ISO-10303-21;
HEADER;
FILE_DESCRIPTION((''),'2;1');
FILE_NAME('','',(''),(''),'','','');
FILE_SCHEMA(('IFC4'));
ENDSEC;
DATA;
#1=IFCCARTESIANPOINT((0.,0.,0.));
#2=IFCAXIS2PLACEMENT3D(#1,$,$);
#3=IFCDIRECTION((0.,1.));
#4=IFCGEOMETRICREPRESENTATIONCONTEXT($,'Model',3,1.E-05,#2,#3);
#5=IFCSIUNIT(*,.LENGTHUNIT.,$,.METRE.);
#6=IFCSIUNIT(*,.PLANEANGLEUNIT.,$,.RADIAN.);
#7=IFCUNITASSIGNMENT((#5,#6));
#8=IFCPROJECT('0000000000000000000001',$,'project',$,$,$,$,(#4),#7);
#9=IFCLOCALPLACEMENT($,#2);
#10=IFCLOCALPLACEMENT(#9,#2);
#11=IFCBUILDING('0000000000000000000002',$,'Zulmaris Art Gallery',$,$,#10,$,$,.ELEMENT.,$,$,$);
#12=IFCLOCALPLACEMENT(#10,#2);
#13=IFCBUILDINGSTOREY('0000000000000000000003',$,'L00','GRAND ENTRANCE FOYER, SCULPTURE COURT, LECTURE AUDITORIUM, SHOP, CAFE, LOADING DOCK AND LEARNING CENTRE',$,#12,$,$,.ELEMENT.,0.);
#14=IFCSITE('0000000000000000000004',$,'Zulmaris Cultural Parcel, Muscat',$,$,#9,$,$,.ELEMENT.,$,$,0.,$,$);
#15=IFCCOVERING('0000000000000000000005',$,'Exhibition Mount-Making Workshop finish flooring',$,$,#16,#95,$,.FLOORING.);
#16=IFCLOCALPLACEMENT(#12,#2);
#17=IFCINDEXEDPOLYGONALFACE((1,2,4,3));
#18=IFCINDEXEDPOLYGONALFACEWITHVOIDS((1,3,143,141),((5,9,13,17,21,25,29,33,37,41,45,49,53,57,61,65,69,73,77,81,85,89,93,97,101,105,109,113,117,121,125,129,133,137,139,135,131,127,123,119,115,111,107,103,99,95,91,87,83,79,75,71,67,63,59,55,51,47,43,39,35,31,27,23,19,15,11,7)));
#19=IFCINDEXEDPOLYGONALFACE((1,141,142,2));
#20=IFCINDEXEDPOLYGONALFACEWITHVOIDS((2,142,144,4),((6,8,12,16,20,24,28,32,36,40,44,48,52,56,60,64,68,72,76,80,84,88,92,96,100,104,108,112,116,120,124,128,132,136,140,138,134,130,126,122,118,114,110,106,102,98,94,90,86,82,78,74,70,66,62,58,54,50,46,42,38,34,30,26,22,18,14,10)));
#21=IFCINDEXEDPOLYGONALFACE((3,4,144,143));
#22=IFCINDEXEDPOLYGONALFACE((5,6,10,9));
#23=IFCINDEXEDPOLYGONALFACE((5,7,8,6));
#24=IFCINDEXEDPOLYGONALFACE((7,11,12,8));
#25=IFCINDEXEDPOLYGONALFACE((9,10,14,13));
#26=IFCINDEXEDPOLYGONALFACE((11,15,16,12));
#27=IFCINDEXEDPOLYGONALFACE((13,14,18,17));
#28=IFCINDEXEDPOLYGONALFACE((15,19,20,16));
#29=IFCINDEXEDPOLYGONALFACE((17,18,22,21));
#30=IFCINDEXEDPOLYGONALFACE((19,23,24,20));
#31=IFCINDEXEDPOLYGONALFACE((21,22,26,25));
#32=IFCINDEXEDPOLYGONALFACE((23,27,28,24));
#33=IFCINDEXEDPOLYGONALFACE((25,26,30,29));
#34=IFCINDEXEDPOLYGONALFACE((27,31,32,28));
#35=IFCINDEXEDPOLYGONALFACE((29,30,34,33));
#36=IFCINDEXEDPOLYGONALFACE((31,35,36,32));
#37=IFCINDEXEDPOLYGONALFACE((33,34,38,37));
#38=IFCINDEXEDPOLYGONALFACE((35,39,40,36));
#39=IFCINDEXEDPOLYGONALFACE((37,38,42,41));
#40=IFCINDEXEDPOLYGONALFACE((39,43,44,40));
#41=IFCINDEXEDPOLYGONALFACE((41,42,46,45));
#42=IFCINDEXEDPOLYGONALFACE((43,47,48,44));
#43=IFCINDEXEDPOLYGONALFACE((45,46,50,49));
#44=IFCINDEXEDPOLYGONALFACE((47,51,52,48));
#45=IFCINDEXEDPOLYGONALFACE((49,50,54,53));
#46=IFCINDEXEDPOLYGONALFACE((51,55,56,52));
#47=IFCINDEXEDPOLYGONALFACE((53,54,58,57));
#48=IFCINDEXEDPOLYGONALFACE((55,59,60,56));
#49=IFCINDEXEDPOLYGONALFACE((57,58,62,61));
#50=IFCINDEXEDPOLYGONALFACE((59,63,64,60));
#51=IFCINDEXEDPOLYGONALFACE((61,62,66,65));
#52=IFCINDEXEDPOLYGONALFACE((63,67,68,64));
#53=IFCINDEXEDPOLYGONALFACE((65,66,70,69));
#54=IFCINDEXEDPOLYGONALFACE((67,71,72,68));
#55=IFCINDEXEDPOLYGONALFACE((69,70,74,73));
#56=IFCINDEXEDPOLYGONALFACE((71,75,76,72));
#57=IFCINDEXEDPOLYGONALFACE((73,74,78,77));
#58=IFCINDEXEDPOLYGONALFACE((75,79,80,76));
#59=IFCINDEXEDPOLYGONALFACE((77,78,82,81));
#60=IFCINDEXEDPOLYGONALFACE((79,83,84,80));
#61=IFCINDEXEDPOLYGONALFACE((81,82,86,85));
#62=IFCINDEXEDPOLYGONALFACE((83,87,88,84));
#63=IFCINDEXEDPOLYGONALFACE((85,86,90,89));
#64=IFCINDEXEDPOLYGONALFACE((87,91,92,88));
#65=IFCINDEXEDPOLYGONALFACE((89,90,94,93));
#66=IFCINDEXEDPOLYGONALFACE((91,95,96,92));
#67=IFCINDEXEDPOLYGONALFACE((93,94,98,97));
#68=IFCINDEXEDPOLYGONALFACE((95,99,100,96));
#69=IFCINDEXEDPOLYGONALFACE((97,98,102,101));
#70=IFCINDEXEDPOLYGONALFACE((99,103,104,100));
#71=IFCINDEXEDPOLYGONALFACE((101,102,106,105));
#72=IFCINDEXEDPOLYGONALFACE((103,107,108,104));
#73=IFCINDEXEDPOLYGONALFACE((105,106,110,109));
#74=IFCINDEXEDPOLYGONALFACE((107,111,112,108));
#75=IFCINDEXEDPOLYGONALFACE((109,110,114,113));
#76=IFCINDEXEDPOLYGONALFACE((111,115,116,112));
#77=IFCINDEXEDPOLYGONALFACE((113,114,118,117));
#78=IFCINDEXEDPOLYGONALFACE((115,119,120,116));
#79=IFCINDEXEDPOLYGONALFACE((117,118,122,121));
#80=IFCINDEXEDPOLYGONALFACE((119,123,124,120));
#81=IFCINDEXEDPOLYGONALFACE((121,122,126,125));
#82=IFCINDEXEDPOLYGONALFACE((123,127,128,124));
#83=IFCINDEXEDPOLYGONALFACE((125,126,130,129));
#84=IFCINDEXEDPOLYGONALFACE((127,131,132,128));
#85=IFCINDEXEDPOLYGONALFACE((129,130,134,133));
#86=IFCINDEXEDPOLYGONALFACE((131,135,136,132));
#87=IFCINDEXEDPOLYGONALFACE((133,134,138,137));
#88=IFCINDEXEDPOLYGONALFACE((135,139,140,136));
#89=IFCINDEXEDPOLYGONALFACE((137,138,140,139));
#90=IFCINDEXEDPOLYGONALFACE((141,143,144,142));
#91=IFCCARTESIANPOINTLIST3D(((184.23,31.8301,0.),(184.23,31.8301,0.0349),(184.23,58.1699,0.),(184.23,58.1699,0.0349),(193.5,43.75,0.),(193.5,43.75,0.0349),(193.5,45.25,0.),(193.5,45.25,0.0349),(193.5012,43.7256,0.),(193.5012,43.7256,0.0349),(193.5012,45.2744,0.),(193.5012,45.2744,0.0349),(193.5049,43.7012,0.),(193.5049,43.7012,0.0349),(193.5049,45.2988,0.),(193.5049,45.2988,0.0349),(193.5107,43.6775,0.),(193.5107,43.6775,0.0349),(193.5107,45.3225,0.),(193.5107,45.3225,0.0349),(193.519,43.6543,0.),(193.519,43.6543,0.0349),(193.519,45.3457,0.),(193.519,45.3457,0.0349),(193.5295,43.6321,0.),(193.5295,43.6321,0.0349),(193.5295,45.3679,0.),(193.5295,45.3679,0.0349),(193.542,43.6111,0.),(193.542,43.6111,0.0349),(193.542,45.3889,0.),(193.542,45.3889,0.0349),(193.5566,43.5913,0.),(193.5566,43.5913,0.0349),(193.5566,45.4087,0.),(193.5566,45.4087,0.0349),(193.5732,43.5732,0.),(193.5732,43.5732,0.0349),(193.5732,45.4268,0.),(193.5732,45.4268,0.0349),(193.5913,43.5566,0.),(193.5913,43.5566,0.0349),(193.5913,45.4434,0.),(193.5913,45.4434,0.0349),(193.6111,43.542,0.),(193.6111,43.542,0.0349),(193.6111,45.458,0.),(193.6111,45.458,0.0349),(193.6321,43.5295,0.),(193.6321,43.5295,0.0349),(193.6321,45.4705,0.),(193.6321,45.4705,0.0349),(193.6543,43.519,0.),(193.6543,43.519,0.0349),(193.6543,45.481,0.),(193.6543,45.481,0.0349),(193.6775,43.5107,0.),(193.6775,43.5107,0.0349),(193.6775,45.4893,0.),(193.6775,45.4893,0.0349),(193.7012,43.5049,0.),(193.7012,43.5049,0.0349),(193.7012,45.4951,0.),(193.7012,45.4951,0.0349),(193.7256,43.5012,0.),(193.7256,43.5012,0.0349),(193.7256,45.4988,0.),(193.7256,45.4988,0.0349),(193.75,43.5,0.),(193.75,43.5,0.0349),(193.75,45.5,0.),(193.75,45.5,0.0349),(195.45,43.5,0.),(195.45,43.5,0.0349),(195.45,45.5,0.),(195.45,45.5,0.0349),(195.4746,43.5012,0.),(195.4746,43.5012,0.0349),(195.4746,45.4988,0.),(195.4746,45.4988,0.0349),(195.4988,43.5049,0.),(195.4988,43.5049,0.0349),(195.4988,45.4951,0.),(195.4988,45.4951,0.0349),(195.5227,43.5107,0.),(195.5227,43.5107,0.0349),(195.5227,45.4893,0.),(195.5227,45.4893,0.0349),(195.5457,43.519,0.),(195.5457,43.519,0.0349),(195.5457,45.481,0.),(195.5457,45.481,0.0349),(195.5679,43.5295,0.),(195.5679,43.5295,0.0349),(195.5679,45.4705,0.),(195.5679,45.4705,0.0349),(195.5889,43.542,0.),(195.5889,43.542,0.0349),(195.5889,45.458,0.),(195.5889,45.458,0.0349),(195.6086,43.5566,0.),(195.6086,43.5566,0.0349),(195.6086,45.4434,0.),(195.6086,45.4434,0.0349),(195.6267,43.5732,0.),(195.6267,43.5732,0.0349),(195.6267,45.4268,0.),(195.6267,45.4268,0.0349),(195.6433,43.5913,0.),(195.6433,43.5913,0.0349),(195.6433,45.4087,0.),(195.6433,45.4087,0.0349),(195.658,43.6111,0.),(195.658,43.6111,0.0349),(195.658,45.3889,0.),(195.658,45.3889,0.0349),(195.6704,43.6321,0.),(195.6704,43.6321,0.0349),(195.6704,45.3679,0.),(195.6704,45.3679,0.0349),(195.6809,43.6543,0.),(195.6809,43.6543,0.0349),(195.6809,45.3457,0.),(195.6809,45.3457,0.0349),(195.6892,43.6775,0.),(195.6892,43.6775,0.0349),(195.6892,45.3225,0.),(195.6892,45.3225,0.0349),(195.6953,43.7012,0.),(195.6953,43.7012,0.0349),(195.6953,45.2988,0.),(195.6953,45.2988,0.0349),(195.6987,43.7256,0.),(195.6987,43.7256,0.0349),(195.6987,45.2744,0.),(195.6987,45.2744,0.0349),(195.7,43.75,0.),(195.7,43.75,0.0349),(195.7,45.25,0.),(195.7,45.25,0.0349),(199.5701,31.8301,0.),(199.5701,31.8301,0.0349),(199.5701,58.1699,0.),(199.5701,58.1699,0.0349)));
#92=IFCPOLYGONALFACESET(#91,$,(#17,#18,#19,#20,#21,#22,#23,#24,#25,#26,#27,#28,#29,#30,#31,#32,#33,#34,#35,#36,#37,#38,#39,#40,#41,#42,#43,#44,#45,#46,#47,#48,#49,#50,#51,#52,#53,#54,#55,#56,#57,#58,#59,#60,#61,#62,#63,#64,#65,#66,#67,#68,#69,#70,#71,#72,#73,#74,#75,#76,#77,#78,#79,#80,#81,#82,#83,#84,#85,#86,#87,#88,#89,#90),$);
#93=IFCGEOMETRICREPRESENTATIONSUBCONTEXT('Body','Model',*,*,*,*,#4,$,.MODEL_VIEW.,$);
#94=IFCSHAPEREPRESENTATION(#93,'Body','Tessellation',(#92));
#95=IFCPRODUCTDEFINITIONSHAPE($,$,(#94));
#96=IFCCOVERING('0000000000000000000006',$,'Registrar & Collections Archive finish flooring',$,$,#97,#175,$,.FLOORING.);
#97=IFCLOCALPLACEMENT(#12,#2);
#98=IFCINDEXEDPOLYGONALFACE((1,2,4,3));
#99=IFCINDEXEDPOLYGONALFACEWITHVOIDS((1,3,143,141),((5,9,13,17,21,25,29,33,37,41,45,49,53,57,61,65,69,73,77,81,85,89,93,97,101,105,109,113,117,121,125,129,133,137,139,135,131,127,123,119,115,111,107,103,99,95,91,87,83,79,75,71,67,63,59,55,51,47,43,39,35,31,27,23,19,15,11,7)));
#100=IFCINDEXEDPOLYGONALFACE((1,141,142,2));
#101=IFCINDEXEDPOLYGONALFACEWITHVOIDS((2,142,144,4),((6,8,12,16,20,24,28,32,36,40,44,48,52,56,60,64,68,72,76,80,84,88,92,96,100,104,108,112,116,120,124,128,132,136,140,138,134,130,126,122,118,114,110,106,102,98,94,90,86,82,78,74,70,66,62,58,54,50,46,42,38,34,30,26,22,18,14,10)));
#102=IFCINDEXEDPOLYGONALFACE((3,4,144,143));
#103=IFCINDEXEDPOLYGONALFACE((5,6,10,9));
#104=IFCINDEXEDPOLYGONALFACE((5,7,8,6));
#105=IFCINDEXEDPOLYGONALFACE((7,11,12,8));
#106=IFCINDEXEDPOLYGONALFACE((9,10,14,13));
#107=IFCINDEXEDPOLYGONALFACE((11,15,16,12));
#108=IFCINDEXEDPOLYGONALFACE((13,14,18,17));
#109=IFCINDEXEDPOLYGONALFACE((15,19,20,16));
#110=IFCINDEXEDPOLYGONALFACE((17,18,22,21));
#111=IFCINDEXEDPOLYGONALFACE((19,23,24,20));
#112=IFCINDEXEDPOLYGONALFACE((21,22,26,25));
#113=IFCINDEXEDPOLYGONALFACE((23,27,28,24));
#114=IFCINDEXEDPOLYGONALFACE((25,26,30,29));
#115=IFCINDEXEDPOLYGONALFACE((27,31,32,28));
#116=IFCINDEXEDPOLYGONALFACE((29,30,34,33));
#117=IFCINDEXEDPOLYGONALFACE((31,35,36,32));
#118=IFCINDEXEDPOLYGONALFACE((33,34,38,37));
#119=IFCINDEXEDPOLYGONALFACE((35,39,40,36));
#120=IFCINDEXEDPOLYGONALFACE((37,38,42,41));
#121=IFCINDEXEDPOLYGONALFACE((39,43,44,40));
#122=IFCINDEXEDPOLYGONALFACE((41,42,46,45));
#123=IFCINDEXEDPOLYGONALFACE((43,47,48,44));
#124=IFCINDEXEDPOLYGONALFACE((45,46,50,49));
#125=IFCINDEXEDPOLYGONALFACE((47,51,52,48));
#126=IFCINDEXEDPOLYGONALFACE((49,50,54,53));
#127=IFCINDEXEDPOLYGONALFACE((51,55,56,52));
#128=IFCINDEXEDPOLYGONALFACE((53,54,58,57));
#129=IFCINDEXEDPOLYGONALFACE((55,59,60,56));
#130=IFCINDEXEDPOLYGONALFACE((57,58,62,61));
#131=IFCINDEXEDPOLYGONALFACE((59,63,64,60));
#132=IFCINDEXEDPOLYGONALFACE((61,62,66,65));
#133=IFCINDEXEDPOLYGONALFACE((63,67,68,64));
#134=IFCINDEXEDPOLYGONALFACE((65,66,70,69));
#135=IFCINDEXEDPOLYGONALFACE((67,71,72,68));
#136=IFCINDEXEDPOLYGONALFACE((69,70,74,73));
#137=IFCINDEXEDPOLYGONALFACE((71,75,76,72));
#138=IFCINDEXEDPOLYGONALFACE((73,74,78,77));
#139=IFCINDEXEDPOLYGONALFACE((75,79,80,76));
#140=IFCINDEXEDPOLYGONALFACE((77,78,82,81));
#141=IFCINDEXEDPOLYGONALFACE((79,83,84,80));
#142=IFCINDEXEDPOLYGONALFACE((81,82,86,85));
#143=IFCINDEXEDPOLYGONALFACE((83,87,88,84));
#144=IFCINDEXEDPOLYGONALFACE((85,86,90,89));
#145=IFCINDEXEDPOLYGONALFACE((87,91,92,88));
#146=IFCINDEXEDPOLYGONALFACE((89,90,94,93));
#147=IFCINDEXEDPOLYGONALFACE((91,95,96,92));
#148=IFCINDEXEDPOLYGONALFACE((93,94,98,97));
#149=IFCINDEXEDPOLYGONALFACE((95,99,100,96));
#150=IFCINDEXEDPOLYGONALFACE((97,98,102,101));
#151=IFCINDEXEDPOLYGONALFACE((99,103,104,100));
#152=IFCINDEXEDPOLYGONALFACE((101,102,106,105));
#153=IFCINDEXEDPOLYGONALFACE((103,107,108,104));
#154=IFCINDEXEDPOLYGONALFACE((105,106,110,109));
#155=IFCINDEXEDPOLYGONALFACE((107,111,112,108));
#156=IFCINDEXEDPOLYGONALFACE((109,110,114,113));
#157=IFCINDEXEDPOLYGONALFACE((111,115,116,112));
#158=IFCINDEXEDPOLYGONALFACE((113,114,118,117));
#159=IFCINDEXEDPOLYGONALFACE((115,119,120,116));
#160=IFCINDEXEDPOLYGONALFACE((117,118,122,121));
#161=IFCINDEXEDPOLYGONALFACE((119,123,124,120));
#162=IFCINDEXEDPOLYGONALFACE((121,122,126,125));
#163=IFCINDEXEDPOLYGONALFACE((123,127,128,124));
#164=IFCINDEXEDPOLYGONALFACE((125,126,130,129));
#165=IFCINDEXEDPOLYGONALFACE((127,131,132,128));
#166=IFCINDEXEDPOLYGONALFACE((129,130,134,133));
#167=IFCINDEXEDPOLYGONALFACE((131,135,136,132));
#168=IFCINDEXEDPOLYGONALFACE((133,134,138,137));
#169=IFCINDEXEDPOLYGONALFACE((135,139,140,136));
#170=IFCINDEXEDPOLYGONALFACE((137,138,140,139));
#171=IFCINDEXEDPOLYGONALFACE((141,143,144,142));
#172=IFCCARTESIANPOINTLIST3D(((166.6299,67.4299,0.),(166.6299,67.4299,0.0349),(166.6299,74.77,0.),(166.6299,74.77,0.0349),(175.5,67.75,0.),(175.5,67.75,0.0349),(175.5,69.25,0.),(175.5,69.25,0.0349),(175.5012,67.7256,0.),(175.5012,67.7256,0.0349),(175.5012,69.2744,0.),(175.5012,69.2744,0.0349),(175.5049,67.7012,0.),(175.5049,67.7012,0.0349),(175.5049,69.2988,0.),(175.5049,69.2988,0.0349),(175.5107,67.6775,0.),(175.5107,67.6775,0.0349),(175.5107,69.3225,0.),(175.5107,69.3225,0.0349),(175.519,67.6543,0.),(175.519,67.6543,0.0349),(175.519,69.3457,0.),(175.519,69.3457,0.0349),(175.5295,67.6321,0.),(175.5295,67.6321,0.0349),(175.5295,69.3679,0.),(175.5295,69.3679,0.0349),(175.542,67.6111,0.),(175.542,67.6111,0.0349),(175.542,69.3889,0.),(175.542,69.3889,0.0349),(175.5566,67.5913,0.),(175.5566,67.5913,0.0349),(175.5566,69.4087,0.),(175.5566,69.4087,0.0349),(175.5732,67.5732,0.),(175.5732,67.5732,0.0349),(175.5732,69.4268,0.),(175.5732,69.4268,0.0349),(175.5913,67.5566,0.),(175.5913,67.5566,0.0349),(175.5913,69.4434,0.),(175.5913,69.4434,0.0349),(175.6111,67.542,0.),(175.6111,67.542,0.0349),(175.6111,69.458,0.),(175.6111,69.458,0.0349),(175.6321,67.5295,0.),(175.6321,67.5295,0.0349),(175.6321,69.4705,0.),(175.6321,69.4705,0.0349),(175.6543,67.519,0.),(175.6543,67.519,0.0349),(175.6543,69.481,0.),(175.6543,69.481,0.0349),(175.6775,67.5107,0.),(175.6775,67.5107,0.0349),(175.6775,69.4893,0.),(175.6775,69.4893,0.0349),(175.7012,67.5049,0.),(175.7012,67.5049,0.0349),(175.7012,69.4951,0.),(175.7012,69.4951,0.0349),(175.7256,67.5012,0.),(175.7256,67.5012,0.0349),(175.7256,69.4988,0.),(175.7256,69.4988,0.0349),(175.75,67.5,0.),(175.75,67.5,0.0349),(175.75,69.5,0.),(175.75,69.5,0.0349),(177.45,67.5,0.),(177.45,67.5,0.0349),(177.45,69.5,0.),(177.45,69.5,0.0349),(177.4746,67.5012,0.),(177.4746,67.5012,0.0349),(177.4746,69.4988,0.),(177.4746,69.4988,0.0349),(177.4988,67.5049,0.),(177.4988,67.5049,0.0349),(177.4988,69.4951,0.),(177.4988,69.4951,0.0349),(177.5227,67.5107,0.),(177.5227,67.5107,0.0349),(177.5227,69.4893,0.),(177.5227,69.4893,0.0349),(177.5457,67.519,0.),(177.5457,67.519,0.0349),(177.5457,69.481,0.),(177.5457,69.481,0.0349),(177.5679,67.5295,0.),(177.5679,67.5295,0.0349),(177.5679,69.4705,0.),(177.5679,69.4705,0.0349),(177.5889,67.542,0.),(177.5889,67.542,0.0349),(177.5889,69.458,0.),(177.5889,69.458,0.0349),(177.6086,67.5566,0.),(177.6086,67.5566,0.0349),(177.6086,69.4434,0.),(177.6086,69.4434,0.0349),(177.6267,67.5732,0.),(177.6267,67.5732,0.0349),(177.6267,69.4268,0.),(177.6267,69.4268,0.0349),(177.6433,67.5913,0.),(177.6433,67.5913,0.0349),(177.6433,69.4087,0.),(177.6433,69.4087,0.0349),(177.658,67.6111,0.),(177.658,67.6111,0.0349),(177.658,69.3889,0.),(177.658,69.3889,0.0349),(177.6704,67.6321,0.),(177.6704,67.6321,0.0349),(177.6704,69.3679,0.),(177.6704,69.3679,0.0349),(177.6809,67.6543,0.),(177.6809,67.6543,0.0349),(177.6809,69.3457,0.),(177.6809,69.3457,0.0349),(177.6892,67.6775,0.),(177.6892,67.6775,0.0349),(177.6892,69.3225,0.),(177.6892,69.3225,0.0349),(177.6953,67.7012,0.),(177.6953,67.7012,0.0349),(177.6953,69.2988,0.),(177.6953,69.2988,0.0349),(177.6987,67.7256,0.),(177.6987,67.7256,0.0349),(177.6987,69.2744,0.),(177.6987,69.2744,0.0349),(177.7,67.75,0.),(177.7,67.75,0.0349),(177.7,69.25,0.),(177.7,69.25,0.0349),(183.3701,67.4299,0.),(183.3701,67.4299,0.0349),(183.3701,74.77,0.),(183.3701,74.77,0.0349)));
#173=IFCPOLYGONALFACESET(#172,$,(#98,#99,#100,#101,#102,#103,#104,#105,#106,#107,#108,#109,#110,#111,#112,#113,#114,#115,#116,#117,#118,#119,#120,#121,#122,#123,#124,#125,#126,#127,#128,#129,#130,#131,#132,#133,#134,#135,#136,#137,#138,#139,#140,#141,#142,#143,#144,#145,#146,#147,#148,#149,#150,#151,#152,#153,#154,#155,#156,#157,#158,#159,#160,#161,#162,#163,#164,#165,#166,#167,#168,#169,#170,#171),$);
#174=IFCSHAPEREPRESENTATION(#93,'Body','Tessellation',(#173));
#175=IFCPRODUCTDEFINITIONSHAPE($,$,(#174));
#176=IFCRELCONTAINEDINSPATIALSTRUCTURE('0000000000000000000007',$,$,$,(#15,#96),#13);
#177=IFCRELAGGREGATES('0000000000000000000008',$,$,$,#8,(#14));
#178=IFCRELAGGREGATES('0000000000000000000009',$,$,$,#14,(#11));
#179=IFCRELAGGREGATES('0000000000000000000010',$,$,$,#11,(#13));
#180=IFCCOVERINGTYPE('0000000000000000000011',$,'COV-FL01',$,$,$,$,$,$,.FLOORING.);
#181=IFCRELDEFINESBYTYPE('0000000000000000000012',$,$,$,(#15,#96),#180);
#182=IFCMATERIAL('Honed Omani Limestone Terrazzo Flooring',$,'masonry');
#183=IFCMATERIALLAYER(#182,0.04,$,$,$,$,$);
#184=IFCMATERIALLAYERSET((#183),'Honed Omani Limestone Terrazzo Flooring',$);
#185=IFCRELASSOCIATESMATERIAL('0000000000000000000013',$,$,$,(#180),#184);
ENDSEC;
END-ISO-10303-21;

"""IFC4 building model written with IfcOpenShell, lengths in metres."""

from ifc_helpers import new_model, si_unit, direction, origin, place, context, subcontext, project, spatial, polyline, outline, extrude, material, layer, layer_set, type_object, element, save


model = new_model("IFC4")

# Units and contexts
model_context = context("Model", 3, precision=1e-05, world=origin(), true_north=direction((0.0, 1.0)))
body_context = subcontext(model_context, "Body", "Model", "MODEL_VIEW")
ifc_project = project(units=[si_unit("LENGTHUNIT", "METRE"), si_unit("PLANEANGLEUNIT", "RADIAN")], contexts=[model_context])

# Site, building, storey
site_placement = place(None, origin())
site = spatial("IfcSite", under=ifc_project, at=site_placement, Name="Zulmaris Cultural Parcel, Muscat", CompositionType="ELEMENT", RefElevation=0.0)
building_placement = place(site_placement, origin())
building = spatial("IfcBuilding", under=site, at=building_placement, Name="Zulmaris Art Gallery", CompositionType="ELEMENT")
storey_placement = place(building_placement, origin())
storey = spatial("IfcBuildingStorey", under=building, at=storey_placement, Name="L00", Description="GRAND ENTRANCE FOYER, SCULPTURE COURT, LECTURE AUDITORIUM, SHOP, CAFE, LOADING DOCK AND LEARNING CENTRE", CompositionType="ELEMENT", Elevation=0.0)

# Coverings
ifc_material_1 = material(Name="Honed Omani Limestone Terrazzo Flooring", Category="masonry")
ifc_layer_1 = layer(ifc_material_1, 0.04)
ifc_layer_set_1 = layer_set([ifc_layer_1], Name="Honed Omani Limestone Terrazzo Flooring")
covering_type_1 = type_object("IfcCoveringType", Name="COV-FL01", PredefinedType="FLOORING", material=ifc_layer_set_1)
covering_1_placement = place(storey_placement, origin())
element("IfcCovering", 1, at=covering_1_placement, inside=storey, type_object=covering_type_1, Name="Exhibition Mount-Making Workshop finish flooring", PredefinedType="FLOORING", context=body_context, shape_type="SweptSolid", body=[
    extrude(outline(polyline([(199.5701, 31.8301), (184.23, 31.8301), (184.23, 58.1699), (199.5701, 58.1699), (199.5701, 31.8301)]), holes=[polyline([(193.7256, 45.4988), (193.7012, 45.4951), (193.6775, 45.4893), (193.6543, 45.481), (193.6321, 45.4705), (193.6111, 45.458), (193.5913, 45.4434), (193.5732, 45.4268), (193.5566, 45.4087), (193.542, 45.3889), (193.5295, 45.3679), (193.519, 45.3457), (193.5107, 45.3225), (193.5049, 45.2988), (193.5012, 45.2744), (193.5, 45.25), (193.5, 43.75), (193.5012, 43.7256), (193.5049, 43.7012), (193.5107, 43.6775), (193.519, 43.6543), (193.5295, 43.6321), (193.542, 43.6111), (193.5566, 43.5913), (193.5732, 43.5732), (193.5913, 43.5566), (193.6111, 43.542), (193.6321, 43.5295), (193.6543, 43.519), (193.6775, 43.5107), (193.7012, 43.5049), (193.7256, 43.5012), (193.75, 43.5), (195.45, 43.5), (195.4746, 43.5012), (195.4988, 43.5049), (195.5227, 43.5107), (195.5457, 43.519), (195.5679, 43.5295), (195.5889, 43.542), (195.6086, 43.5566), (195.6267, 43.5732), (195.6433, 43.5913), (195.658, 43.6111), (195.6704, 43.6321), (195.6809, 43.6543), (195.6892, 43.6775), (195.6953, 43.7012), (195.6987, 43.7256), (195.7, 43.75), (195.7, 45.25), (195.6987, 45.2744), (195.6953, 45.2988), (195.6892, 45.3225), (195.6809, 45.3457), (195.6704, 45.3679), (195.658, 45.3889), (195.6433, 45.4087), (195.6267, 45.4268), (195.6086, 45.4434), (195.5889, 45.458), (195.5679, 45.4705), (195.5457, 45.481), (195.5227, 45.4893), (195.4988, 45.4951), (195.4746, 45.4988), (195.45, 45.5), (193.75, 45.5), (193.7256, 45.4988)])]), origin(), (0.0, 0.0, 1.0), 0.0349),
])
covering_2_placement = place(storey_placement, origin())
element("IfcCovering", 2, at=covering_2_placement, inside=storey, type_object=covering_type_1, Name="Registrar & Collections Archive finish flooring", PredefinedType="FLOORING", context=body_context, shape_type="SweptSolid", body=[
    extrude(outline(polyline([(183.3701, 67.4299), (166.6299, 67.4299), (166.6299, 74.77), (183.3701, 74.77), (183.3701, 67.4299)]), holes=[polyline([(175.7256, 69.4988), (175.7012, 69.4951), (175.6775, 69.4893), (175.6543, 69.481), (175.6321, 69.4705), (175.6111, 69.458), (175.5913, 69.4434), (175.5732, 69.4268), (175.5566, 69.4087), (175.542, 69.3889), (175.5295, 69.3679), (175.519, 69.3457), (175.5107, 69.3225), (175.5049, 69.2988), (175.5012, 69.2744), (175.5, 69.25), (175.5, 67.75), (175.5012, 67.7256), (175.5049, 67.7012), (175.5107, 67.6775), (175.519, 67.6543), (175.5295, 67.6321), (175.542, 67.6111), (175.5566, 67.5913), (175.5732, 67.5732), (175.5913, 67.5566), (175.6111, 67.542), (175.6321, 67.5295), (175.6543, 67.519), (175.6775, 67.5107), (175.7012, 67.5049), (175.7256, 67.5012), (175.75, 67.5), (177.45, 67.5), (177.4746, 67.5012), (177.4988, 67.5049), (177.5227, 67.5107), (177.5457, 67.519), (177.5679, 67.5295), (177.5889, 67.542), (177.6086, 67.5566), (177.6267, 67.5732), (177.6433, 67.5913), (177.658, 67.6111), (177.6704, 67.6321), (177.6809, 67.6543), (177.6892, 67.6775), (177.6953, 67.7012), (177.6987, 67.7256), (177.7, 67.75), (177.7, 69.25), (177.6987, 69.2744), (177.6953, 69.2988), (177.6892, 69.3225), (177.6809, 69.3457), (177.6704, 69.3679), (177.658, 69.3889), (177.6433, 69.4087), (177.6267, 69.4268), (177.6086, 69.4434), (177.5889, 69.458), (177.5679, 69.4705), (177.5457, 69.481), (177.5227, 69.4893), (177.4988, 69.4951), (177.4746, 69.4988), (177.45, 69.5), (175.75, 69.5), (175.7256, 69.4988)])]), origin(), (0.0, 0.0, 1.0), 0.0349),
])

save(model, "model.ifc")
